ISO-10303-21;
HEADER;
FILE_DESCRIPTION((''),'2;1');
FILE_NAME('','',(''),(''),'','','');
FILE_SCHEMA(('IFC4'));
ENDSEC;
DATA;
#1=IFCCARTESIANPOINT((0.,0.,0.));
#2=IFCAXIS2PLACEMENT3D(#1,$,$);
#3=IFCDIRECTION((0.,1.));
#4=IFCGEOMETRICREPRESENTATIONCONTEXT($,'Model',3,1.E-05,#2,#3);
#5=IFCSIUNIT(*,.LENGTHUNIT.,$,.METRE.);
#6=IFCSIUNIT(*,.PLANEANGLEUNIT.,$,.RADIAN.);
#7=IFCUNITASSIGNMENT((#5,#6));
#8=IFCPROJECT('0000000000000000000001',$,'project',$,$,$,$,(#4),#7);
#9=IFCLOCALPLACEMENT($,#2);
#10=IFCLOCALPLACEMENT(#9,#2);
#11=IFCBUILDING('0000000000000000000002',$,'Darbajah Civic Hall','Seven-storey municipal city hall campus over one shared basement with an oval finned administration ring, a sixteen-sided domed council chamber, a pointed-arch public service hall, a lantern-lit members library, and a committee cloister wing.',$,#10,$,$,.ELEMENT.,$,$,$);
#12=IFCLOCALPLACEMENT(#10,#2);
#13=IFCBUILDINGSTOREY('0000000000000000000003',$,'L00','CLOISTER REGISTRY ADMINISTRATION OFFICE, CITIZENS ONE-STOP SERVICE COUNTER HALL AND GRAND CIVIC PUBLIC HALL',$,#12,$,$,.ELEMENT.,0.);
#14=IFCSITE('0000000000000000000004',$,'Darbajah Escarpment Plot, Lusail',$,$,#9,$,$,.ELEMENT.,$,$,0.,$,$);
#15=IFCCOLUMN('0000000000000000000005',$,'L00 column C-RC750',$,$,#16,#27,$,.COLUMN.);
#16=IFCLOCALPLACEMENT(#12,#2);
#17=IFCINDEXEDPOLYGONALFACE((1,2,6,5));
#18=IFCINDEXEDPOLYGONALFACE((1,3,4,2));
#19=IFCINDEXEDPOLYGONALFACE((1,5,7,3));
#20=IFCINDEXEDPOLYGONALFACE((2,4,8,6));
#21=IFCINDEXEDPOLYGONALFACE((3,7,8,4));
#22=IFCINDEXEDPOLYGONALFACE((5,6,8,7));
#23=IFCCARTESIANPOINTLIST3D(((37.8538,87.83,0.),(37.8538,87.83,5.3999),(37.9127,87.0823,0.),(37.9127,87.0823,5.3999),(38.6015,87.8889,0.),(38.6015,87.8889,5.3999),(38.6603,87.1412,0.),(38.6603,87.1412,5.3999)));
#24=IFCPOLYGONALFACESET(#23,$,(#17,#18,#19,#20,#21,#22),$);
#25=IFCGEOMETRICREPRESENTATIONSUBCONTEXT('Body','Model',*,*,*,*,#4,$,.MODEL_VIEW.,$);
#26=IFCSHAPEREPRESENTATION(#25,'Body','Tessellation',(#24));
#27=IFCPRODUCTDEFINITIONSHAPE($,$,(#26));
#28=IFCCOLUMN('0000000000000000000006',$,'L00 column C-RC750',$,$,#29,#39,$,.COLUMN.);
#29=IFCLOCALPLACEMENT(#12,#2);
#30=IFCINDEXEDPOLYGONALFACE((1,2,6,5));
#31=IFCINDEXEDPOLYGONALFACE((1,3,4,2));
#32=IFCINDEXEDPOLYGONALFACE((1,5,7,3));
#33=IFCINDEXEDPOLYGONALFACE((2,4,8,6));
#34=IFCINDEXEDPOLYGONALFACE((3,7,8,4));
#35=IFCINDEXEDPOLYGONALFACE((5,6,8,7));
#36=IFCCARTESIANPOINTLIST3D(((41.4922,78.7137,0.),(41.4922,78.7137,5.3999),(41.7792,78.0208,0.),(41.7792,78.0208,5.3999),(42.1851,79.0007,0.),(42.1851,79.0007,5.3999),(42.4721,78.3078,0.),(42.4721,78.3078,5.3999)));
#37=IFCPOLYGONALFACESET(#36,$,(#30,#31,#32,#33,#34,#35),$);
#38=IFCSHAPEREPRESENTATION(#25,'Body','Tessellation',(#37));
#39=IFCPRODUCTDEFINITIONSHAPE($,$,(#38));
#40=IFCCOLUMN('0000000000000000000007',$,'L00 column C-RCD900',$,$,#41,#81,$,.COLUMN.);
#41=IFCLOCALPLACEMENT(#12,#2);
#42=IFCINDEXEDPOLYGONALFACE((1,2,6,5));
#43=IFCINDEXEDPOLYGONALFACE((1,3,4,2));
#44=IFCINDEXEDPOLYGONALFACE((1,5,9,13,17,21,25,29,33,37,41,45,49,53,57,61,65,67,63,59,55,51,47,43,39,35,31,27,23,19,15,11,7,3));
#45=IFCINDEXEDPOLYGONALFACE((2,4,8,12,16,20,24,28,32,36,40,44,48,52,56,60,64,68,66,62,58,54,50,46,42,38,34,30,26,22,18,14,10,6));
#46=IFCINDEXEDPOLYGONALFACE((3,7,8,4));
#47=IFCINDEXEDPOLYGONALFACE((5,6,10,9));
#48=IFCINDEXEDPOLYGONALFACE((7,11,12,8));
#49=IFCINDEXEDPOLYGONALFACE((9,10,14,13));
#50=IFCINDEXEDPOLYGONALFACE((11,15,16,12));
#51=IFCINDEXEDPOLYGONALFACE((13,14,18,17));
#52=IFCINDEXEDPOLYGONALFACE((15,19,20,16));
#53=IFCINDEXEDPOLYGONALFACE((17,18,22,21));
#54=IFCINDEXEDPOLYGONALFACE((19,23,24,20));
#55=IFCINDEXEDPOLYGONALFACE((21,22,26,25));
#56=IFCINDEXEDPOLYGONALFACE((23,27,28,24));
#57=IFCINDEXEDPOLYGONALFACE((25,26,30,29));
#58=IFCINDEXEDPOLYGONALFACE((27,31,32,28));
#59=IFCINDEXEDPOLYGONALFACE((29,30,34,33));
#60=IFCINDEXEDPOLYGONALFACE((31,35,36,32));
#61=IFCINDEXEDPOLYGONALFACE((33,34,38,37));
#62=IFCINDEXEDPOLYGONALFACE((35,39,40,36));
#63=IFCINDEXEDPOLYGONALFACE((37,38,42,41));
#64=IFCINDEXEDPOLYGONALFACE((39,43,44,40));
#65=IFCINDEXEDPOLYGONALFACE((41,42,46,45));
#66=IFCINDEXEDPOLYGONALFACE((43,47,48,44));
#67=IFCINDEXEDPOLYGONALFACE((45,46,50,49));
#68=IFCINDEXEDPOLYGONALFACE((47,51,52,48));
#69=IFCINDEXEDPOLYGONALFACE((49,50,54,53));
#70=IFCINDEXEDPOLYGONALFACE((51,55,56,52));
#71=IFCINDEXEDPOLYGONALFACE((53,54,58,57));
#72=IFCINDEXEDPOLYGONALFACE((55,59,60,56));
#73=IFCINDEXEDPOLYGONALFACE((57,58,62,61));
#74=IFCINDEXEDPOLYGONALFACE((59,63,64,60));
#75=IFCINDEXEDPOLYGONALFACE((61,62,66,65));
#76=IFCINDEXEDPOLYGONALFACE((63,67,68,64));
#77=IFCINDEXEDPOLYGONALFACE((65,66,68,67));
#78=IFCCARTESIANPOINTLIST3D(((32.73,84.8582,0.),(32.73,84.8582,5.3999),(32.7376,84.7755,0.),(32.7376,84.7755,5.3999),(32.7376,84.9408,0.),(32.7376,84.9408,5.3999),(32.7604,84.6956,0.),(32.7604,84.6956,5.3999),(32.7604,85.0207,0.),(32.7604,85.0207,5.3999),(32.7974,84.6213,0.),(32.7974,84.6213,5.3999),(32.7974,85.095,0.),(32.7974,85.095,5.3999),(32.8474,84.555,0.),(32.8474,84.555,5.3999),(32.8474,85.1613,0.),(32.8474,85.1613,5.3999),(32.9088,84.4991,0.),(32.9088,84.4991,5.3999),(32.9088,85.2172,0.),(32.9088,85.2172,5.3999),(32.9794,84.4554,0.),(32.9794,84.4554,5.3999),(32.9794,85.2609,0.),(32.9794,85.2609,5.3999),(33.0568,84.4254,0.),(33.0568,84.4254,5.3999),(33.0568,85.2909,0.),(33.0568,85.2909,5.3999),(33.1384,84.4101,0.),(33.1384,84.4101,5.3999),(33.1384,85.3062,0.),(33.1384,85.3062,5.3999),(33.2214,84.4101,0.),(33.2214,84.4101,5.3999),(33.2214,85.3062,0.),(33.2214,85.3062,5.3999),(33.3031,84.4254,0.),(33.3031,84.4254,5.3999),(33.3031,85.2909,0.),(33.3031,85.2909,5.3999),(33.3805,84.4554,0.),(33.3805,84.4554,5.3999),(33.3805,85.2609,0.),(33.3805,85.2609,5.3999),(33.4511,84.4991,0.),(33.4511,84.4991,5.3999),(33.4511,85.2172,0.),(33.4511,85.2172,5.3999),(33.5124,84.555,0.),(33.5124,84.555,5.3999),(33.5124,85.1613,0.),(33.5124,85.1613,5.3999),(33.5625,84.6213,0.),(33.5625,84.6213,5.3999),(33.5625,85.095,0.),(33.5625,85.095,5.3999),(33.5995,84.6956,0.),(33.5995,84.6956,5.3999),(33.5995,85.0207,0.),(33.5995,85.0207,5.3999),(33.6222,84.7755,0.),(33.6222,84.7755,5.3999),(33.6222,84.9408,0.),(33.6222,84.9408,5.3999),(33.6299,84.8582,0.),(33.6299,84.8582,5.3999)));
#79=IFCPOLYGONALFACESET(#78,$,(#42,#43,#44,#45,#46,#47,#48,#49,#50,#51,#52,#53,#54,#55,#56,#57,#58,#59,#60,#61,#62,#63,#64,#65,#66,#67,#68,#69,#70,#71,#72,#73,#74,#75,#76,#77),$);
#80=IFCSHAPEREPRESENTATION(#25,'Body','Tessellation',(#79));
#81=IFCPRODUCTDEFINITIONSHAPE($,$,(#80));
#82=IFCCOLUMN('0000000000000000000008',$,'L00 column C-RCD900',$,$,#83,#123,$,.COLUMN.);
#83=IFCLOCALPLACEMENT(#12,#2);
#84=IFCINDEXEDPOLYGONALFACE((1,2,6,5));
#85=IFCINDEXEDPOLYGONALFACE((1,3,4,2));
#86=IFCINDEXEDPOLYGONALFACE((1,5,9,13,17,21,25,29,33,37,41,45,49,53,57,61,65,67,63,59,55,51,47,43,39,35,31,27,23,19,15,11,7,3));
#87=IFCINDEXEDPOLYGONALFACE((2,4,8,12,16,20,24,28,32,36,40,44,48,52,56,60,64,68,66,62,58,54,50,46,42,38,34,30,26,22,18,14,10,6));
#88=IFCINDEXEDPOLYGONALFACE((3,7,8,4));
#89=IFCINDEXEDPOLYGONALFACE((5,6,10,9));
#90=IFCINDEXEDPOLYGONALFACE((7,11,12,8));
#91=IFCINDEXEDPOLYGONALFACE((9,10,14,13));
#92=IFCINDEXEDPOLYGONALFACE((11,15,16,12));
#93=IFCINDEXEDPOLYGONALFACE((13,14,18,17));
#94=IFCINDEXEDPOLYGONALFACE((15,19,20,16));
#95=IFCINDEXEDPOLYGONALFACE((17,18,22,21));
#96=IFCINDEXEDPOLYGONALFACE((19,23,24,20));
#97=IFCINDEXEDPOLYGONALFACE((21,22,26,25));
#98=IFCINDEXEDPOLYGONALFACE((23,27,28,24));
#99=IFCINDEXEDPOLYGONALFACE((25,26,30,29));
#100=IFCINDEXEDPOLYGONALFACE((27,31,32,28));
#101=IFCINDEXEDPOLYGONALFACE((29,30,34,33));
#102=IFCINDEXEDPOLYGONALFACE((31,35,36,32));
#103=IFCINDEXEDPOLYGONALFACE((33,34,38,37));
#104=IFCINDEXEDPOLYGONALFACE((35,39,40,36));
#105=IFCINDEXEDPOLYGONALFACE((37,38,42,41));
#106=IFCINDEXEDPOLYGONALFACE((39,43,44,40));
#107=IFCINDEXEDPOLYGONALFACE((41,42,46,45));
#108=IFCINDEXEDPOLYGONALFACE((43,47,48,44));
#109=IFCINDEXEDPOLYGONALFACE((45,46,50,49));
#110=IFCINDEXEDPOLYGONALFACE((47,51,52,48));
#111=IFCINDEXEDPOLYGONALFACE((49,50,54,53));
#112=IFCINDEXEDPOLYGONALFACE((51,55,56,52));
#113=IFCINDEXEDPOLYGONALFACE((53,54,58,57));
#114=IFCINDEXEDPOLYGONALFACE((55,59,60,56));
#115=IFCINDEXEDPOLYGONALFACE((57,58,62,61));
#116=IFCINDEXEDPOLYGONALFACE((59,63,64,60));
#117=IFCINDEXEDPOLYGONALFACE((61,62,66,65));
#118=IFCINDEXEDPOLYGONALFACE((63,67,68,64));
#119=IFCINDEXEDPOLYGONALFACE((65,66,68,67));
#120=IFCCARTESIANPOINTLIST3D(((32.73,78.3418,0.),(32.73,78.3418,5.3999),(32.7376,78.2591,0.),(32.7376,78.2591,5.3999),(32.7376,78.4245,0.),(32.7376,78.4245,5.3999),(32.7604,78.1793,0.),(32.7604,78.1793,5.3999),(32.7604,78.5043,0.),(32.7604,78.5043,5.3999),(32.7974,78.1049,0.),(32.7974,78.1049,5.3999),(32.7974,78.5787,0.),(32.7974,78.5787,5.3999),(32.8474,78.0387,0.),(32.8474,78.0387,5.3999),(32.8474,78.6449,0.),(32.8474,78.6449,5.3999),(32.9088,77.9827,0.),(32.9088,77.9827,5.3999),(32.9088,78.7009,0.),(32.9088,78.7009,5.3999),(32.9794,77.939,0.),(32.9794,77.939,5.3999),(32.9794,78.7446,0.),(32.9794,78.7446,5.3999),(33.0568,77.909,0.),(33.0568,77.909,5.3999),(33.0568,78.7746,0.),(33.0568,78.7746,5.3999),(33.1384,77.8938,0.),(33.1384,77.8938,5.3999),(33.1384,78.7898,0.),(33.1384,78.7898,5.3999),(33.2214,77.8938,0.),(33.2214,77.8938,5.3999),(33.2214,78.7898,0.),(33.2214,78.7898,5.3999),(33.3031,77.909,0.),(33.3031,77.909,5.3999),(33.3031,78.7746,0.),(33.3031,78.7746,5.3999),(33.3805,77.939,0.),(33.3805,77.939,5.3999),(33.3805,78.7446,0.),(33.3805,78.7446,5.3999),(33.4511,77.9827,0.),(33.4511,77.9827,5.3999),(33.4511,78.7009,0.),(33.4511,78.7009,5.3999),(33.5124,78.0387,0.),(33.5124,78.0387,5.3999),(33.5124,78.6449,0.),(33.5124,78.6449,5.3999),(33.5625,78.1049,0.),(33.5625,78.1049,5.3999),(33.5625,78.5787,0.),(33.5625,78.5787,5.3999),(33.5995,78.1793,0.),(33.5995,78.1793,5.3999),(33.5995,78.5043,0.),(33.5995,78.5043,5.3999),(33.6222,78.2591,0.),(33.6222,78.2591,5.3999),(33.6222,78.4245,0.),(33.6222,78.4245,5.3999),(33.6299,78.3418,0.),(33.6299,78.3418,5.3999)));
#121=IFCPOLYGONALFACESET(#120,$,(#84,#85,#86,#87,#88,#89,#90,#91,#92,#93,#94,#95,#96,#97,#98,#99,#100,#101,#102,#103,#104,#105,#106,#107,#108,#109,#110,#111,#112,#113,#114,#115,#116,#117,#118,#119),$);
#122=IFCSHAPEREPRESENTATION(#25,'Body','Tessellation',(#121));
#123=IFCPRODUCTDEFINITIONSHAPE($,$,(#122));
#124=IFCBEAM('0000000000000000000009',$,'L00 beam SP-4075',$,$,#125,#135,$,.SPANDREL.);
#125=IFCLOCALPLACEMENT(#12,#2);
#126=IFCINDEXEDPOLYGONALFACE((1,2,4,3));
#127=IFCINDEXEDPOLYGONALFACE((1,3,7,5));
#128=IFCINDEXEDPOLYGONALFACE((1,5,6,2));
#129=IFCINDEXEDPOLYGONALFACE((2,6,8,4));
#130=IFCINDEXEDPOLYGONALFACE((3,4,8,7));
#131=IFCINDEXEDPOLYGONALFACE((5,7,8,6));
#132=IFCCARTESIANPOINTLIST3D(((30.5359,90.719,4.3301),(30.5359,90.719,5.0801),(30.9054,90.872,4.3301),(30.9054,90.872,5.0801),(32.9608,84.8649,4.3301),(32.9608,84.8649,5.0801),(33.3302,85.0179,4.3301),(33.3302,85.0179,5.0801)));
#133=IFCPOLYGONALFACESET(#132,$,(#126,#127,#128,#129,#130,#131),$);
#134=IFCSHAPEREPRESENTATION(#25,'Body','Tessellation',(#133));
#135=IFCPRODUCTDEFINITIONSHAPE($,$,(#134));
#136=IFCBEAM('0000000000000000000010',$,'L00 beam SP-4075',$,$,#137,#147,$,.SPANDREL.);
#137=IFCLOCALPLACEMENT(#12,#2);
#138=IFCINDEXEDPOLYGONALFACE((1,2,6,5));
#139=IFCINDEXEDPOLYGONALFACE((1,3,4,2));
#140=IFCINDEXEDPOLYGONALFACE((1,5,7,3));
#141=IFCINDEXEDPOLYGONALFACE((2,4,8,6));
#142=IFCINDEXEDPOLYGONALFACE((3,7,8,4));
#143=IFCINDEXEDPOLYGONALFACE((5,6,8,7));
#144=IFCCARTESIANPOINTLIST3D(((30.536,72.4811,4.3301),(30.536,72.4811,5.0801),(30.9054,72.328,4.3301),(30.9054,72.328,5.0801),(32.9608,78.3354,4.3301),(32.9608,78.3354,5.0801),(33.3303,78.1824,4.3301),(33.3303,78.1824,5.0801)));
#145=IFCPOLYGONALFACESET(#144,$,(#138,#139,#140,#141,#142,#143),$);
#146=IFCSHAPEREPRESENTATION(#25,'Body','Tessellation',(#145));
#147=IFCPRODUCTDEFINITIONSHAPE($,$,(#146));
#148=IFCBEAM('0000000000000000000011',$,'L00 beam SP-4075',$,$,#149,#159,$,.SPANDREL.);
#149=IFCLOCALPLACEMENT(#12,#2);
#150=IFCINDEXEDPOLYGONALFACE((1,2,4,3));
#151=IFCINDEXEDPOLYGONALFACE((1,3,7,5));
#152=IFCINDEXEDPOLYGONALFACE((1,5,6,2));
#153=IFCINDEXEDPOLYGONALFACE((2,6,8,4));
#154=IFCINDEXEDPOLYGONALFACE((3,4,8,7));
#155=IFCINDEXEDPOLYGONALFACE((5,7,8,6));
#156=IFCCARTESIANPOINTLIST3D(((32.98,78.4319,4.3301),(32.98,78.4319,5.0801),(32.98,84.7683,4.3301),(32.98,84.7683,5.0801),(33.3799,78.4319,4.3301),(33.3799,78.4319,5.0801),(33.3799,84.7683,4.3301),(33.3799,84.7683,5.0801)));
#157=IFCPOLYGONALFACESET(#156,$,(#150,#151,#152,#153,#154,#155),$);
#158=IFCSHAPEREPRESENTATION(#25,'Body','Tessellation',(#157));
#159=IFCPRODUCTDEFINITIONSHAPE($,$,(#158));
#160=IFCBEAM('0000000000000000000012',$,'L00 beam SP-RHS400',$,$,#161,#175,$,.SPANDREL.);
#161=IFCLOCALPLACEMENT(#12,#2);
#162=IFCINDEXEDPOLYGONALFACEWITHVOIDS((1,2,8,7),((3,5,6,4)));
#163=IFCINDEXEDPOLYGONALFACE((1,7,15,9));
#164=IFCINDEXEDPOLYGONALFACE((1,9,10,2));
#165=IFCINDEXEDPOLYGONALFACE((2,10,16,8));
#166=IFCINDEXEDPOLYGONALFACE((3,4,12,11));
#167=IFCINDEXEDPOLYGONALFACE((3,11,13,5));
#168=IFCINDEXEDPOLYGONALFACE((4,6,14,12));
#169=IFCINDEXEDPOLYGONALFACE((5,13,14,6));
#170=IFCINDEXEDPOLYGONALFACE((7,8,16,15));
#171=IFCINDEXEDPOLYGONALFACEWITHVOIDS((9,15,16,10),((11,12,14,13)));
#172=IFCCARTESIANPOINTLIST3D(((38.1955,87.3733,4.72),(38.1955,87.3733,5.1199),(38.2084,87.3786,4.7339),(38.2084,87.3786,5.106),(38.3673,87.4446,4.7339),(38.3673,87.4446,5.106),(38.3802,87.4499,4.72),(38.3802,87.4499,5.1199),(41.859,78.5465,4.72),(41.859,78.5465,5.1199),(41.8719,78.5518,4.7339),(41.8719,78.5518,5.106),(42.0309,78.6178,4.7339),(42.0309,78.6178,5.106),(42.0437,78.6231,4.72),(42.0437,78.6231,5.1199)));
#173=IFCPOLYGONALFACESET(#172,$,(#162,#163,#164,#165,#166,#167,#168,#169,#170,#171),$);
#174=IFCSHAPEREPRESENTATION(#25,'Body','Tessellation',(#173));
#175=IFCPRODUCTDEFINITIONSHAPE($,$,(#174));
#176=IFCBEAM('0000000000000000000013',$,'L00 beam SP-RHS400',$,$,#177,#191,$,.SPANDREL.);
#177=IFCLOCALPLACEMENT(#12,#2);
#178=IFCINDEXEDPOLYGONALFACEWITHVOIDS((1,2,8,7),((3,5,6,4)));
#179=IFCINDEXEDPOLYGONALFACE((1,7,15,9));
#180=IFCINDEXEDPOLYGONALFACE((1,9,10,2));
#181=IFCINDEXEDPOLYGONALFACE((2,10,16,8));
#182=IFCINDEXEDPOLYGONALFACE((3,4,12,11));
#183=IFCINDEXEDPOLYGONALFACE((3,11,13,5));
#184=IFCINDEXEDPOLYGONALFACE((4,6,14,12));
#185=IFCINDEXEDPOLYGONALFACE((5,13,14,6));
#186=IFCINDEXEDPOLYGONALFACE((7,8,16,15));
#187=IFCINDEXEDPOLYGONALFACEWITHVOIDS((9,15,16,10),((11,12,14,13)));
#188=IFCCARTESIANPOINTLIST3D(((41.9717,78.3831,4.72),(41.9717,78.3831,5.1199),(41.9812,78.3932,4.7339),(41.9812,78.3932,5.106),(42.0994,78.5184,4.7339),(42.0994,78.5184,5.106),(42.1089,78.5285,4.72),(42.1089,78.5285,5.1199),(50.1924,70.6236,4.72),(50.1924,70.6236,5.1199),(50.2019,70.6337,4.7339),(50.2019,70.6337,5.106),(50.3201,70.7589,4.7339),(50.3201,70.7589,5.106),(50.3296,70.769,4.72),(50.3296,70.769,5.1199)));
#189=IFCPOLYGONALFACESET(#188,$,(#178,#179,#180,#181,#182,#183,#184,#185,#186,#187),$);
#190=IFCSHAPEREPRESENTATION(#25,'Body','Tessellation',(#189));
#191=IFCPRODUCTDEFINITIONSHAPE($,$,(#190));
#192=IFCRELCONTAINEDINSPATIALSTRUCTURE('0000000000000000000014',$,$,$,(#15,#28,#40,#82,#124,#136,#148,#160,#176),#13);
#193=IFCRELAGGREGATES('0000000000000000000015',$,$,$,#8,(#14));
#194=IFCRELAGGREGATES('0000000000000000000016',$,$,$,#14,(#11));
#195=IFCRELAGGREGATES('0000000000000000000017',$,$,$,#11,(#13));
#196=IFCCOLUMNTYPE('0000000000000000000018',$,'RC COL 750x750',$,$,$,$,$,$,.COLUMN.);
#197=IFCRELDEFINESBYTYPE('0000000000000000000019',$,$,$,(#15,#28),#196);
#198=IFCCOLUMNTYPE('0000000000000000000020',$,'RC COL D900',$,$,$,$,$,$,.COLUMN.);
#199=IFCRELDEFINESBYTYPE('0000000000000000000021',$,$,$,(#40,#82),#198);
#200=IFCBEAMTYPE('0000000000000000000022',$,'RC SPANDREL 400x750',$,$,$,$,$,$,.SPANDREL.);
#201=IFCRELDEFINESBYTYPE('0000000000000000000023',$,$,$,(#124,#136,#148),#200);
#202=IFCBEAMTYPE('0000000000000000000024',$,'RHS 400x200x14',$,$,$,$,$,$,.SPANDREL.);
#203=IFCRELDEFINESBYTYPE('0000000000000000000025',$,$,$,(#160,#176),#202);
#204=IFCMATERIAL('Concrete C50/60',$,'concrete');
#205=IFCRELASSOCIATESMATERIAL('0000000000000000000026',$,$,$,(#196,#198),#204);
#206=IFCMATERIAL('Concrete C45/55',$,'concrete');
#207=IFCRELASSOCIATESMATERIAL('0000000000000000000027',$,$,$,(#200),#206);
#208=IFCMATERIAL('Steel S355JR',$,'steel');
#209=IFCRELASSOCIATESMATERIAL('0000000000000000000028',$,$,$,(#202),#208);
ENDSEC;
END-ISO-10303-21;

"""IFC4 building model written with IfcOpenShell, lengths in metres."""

from ifc_helpers import new_model, si_unit, direction, frame, origin, origin_2d, place, context, subcontext, project, spatial, rectangle, hollow_rectangle, circle, extrude, material, material_profile, profile_set, type_object, element, save


model = new_model("IFC4")

# Units and contexts
model_context = context("Model", 3, precision=1e-05, world=origin(), true_north=direction((0.0, 1.0)))
body_context = subcontext(model_context, "Body", "Model", "MODEL_VIEW")
ifc_project = project(units=[si_unit("LENGTHUNIT", "METRE"), si_unit("PLANEANGLEUNIT", "RADIAN")], contexts=[model_context])

# Site, building, storey
site_placement = place(None, origin())
site = spatial("IfcSite", under=ifc_project, at=site_placement, Name="Darbajah Escarpment Plot, Lusail", CompositionType="ELEMENT", RefElevation=0.0)
building_placement = place(site_placement, origin())
building = spatial("IfcBuilding", under=site, at=building_placement, Name="Darbajah Civic Hall", Description="Seven-storey municipal city hall campus over one shared basement with an oval finned administration ring, a sixteen-sided domed council chamber, a pointed-arch public service hall, a lantern-lit members library, and a committee cloister wing.", CompositionType="ELEMENT")
storey_placement = place(building_placement, origin())
storey = spatial("IfcBuildingStorey", under=building, at=storey_placement, Name="L00", Description="CLOISTER REGISTRY ADMINISTRATION OFFICE, CITIZENS ONE-STOP SERVICE COUNTER HALL AND GRAND CIVIC PUBLIC HALL", CompositionType="ELEMENT", Elevation=0.0)

# Columns
ifc_material_1 = material(Name="Concrete C50/60", Category="concrete")
ifc_material_profile_1 = material_profile(ifc_material_1, rectangle(XDim=0.75, YDim=0.75, at=origin_2d()), Name="RC COL 750x750")
ifc_profile_set_1 = profile_set([ifc_material_profile_1], Name="Concrete C50/60")
column_type_1 = type_object("IfcColumnType", Name="RC COL 750x750", PredefinedType="COLUMN", material=ifc_profile_set_1)
for number, where, z_axis, x_axis, name in (
    (1, (38.2571, 87.4856, 0.0), (0.0, 0.0, 1.0), (-0.996917, -0.078459, 0.0), "L00 column C-RC750"),
    (2, (41.9822, 78.5107, 0.0), (0.0, 0.0, 1.0), (-0.92388, -0.382683, 0.0), "L00 column C-RC750"),
):
    element("IfcColumn", number, at=place(storey_placement, frame(where, z_axis=z_axis, x_axis=x_axis)), inside=storey, type_object=column_type_1, Name=name, PredefinedType="COLUMN", context=body_context, shape_type="SweptSolid", body=[
        extrude(rectangle(XDim=0.75, YDim=0.75, at=origin_2d()), origin(), (0.0, 0.0, 1.0), 5.3999),
    ])
ifc_material_profile_2 = material_profile(ifc_material_1, circle(Radius=0.45, at=origin_2d()), Name="RC COL D900")
ifc_profile_set_2 = profile_set([ifc_material_profile_2], Name="Concrete C50/60")
column_type_2 = type_object("IfcColumnType", Name="RC COL D900", PredefinedType="COLUMN", material=ifc_profile_set_2)
for number, where, z_axis, x_axis, name in (
    (3, (33.1799, 84.8582, 0.0), (0.0, 0.0, 1.0), (1.0, 0.0, 0.0), "L00 column C-RCD900"),
    (4, (33.1799, 78.3418, 0.0), (0.0, 0.0, 1.0), (1.0, 0.0, 0.0), "L00 column C-RCD900"),
):
    element("IfcColumn", number, at=place(storey_placement, frame(where, z_axis=z_axis, x_axis=x_axis)), inside=storey, type_object=column_type_2, Name=name, PredefinedType="COLUMN", context=body_context, shape_type="SweptSolid", body=[
        extrude(circle(Radius=0.45, at=origin_2d()), origin(), (0.0, 0.0, 1.0), 5.3999),
    ])

# Beams
ifc_material_2 = material(Name="Concrete C45/55", Category="concrete")
ifc_material_profile_3 = material_profile(ifc_material_2, rectangle(XDim=0.3999, YDim=0.75, at=origin_2d()), Name="RC SPANDREL 400x750")
ifc_profile_set_3 = profile_set([ifc_material_profile_3], Name="Concrete C45/55")
beam_type_1 = type_object("IfcBeamType", Name="RC SPANDREL 400x750", PredefinedType="SPANDREL", material=ifc_profile_set_3)
beam_1_placement = place(storey_placement, frame((33.1455, 84.9414, 4.7051), z_axis=(-0.382683, 0.92388, 0.0), x_axis=(-0.92388, -0.382683, 0.0)))
element("IfcBeam", 5, at=beam_1_placement, inside=storey, type_object=beam_type_1, Name="L00 beam SP-4075", PredefinedType="SPANDREL", context=body_context, shape_type="SweptSolid", body=[
    extrude(rectangle(XDim=0.3999, YDim=0.75, at=origin_2d()), origin(), (0.0, 0.0, 1.0), 6.3364),
])
beam_2_placement = place(storey_placement, frame((30.7207, 72.4045, 4.7051), z_axis=(0.382669, 0.923885, 0.0), x_axis=(-0.923885, 0.382669, 0.0)))
element("IfcBeam", 6, at=beam_2_placement, inside=storey, type_object=beam_type_1, Name="L00 beam SP-4075", PredefinedType="SPANDREL", context=body_context, shape_type="SweptSolid", body=[
    extrude(rectangle(XDim=0.3999, YDim=0.75, at=origin_2d()), origin(), (0.0, 0.0, 1.0), 6.3367),
])
beam_3_placement = place(storey_placement, frame((33.1799, 78.4319, 4.7051), z_axis=(0.0, 1.0, 0.0), x_axis=(-1.0, 0.0, 0.0)))
element("IfcBeam", 7, at=beam_3_placement, inside=storey, type_object=beam_type_1, Name="L00 beam SP-4075", PredefinedType="SPANDREL", context=body_context, shape_type="SweptSolid", body=[
    extrude(rectangle(XDim=0.3999, YDim=0.75, at=origin_2d()), origin(), (0.0, 0.0, 1.0), 6.3364),
])
ifc_material_3 = material(Name="Steel S355JR", Category="steel")
ifc_material_profile_4 = material_profile(ifc_material_3, hollow_rectangle(XDim=0.2, YDim=0.3999, WallThickness=0.0139, at=origin_2d()), Name="RHS 400x200x14")
ifc_profile_set_4 = profile_set([ifc_material_profile_4], Name="Steel S355JR")
beam_type_2 = type_object("IfcBeamType", Name="RHS 400x200x14", PredefinedType="SPANDREL", material=ifc_profile_set_4)
beam_4_placement = place(storey_placement, frame((38.2878, 87.4116, 4.9199), z_axis=(0.38334, -0.923607, 0.0), x_axis=(0.923607, 0.38334, 0.0)))
element("IfcBeam", 8, at=beam_4_placement, inside=storey, type_object=beam_type_2, Name="L00 beam SP-RHS400", PredefinedType="SPANDREL", context=body_context, shape_type="SweptSolid", body=[
    extrude(hollow_rectangle(XDim=0.2, YDim=0.3999, WallThickness=0.0139, at=origin_2d()), origin(), (0.0, 0.0, 1.0), 9.5569),
])
beam_5_placement = place(storey_placement, frame((42.0403, 78.4558, 4.9199), z_axis=(0.727211, -0.686414, 0.0), x_axis=(0.686414, 0.727211, 0.0)))
element("IfcBeam", 9, at=beam_5_placement, inside=storey, type_object=beam_type_2, Name="L00 beam SP-RHS400", PredefinedType="SPANDREL", context=body_context, shape_type="SweptSolid", body=[
    extrude(hollow_rectangle(XDim=0.2, YDim=0.3999, WallThickness=0.0139, at=origin_2d()), origin(), (0.0, 0.0, 1.0), 11.3044),
])

save(model, "model.ifc")
